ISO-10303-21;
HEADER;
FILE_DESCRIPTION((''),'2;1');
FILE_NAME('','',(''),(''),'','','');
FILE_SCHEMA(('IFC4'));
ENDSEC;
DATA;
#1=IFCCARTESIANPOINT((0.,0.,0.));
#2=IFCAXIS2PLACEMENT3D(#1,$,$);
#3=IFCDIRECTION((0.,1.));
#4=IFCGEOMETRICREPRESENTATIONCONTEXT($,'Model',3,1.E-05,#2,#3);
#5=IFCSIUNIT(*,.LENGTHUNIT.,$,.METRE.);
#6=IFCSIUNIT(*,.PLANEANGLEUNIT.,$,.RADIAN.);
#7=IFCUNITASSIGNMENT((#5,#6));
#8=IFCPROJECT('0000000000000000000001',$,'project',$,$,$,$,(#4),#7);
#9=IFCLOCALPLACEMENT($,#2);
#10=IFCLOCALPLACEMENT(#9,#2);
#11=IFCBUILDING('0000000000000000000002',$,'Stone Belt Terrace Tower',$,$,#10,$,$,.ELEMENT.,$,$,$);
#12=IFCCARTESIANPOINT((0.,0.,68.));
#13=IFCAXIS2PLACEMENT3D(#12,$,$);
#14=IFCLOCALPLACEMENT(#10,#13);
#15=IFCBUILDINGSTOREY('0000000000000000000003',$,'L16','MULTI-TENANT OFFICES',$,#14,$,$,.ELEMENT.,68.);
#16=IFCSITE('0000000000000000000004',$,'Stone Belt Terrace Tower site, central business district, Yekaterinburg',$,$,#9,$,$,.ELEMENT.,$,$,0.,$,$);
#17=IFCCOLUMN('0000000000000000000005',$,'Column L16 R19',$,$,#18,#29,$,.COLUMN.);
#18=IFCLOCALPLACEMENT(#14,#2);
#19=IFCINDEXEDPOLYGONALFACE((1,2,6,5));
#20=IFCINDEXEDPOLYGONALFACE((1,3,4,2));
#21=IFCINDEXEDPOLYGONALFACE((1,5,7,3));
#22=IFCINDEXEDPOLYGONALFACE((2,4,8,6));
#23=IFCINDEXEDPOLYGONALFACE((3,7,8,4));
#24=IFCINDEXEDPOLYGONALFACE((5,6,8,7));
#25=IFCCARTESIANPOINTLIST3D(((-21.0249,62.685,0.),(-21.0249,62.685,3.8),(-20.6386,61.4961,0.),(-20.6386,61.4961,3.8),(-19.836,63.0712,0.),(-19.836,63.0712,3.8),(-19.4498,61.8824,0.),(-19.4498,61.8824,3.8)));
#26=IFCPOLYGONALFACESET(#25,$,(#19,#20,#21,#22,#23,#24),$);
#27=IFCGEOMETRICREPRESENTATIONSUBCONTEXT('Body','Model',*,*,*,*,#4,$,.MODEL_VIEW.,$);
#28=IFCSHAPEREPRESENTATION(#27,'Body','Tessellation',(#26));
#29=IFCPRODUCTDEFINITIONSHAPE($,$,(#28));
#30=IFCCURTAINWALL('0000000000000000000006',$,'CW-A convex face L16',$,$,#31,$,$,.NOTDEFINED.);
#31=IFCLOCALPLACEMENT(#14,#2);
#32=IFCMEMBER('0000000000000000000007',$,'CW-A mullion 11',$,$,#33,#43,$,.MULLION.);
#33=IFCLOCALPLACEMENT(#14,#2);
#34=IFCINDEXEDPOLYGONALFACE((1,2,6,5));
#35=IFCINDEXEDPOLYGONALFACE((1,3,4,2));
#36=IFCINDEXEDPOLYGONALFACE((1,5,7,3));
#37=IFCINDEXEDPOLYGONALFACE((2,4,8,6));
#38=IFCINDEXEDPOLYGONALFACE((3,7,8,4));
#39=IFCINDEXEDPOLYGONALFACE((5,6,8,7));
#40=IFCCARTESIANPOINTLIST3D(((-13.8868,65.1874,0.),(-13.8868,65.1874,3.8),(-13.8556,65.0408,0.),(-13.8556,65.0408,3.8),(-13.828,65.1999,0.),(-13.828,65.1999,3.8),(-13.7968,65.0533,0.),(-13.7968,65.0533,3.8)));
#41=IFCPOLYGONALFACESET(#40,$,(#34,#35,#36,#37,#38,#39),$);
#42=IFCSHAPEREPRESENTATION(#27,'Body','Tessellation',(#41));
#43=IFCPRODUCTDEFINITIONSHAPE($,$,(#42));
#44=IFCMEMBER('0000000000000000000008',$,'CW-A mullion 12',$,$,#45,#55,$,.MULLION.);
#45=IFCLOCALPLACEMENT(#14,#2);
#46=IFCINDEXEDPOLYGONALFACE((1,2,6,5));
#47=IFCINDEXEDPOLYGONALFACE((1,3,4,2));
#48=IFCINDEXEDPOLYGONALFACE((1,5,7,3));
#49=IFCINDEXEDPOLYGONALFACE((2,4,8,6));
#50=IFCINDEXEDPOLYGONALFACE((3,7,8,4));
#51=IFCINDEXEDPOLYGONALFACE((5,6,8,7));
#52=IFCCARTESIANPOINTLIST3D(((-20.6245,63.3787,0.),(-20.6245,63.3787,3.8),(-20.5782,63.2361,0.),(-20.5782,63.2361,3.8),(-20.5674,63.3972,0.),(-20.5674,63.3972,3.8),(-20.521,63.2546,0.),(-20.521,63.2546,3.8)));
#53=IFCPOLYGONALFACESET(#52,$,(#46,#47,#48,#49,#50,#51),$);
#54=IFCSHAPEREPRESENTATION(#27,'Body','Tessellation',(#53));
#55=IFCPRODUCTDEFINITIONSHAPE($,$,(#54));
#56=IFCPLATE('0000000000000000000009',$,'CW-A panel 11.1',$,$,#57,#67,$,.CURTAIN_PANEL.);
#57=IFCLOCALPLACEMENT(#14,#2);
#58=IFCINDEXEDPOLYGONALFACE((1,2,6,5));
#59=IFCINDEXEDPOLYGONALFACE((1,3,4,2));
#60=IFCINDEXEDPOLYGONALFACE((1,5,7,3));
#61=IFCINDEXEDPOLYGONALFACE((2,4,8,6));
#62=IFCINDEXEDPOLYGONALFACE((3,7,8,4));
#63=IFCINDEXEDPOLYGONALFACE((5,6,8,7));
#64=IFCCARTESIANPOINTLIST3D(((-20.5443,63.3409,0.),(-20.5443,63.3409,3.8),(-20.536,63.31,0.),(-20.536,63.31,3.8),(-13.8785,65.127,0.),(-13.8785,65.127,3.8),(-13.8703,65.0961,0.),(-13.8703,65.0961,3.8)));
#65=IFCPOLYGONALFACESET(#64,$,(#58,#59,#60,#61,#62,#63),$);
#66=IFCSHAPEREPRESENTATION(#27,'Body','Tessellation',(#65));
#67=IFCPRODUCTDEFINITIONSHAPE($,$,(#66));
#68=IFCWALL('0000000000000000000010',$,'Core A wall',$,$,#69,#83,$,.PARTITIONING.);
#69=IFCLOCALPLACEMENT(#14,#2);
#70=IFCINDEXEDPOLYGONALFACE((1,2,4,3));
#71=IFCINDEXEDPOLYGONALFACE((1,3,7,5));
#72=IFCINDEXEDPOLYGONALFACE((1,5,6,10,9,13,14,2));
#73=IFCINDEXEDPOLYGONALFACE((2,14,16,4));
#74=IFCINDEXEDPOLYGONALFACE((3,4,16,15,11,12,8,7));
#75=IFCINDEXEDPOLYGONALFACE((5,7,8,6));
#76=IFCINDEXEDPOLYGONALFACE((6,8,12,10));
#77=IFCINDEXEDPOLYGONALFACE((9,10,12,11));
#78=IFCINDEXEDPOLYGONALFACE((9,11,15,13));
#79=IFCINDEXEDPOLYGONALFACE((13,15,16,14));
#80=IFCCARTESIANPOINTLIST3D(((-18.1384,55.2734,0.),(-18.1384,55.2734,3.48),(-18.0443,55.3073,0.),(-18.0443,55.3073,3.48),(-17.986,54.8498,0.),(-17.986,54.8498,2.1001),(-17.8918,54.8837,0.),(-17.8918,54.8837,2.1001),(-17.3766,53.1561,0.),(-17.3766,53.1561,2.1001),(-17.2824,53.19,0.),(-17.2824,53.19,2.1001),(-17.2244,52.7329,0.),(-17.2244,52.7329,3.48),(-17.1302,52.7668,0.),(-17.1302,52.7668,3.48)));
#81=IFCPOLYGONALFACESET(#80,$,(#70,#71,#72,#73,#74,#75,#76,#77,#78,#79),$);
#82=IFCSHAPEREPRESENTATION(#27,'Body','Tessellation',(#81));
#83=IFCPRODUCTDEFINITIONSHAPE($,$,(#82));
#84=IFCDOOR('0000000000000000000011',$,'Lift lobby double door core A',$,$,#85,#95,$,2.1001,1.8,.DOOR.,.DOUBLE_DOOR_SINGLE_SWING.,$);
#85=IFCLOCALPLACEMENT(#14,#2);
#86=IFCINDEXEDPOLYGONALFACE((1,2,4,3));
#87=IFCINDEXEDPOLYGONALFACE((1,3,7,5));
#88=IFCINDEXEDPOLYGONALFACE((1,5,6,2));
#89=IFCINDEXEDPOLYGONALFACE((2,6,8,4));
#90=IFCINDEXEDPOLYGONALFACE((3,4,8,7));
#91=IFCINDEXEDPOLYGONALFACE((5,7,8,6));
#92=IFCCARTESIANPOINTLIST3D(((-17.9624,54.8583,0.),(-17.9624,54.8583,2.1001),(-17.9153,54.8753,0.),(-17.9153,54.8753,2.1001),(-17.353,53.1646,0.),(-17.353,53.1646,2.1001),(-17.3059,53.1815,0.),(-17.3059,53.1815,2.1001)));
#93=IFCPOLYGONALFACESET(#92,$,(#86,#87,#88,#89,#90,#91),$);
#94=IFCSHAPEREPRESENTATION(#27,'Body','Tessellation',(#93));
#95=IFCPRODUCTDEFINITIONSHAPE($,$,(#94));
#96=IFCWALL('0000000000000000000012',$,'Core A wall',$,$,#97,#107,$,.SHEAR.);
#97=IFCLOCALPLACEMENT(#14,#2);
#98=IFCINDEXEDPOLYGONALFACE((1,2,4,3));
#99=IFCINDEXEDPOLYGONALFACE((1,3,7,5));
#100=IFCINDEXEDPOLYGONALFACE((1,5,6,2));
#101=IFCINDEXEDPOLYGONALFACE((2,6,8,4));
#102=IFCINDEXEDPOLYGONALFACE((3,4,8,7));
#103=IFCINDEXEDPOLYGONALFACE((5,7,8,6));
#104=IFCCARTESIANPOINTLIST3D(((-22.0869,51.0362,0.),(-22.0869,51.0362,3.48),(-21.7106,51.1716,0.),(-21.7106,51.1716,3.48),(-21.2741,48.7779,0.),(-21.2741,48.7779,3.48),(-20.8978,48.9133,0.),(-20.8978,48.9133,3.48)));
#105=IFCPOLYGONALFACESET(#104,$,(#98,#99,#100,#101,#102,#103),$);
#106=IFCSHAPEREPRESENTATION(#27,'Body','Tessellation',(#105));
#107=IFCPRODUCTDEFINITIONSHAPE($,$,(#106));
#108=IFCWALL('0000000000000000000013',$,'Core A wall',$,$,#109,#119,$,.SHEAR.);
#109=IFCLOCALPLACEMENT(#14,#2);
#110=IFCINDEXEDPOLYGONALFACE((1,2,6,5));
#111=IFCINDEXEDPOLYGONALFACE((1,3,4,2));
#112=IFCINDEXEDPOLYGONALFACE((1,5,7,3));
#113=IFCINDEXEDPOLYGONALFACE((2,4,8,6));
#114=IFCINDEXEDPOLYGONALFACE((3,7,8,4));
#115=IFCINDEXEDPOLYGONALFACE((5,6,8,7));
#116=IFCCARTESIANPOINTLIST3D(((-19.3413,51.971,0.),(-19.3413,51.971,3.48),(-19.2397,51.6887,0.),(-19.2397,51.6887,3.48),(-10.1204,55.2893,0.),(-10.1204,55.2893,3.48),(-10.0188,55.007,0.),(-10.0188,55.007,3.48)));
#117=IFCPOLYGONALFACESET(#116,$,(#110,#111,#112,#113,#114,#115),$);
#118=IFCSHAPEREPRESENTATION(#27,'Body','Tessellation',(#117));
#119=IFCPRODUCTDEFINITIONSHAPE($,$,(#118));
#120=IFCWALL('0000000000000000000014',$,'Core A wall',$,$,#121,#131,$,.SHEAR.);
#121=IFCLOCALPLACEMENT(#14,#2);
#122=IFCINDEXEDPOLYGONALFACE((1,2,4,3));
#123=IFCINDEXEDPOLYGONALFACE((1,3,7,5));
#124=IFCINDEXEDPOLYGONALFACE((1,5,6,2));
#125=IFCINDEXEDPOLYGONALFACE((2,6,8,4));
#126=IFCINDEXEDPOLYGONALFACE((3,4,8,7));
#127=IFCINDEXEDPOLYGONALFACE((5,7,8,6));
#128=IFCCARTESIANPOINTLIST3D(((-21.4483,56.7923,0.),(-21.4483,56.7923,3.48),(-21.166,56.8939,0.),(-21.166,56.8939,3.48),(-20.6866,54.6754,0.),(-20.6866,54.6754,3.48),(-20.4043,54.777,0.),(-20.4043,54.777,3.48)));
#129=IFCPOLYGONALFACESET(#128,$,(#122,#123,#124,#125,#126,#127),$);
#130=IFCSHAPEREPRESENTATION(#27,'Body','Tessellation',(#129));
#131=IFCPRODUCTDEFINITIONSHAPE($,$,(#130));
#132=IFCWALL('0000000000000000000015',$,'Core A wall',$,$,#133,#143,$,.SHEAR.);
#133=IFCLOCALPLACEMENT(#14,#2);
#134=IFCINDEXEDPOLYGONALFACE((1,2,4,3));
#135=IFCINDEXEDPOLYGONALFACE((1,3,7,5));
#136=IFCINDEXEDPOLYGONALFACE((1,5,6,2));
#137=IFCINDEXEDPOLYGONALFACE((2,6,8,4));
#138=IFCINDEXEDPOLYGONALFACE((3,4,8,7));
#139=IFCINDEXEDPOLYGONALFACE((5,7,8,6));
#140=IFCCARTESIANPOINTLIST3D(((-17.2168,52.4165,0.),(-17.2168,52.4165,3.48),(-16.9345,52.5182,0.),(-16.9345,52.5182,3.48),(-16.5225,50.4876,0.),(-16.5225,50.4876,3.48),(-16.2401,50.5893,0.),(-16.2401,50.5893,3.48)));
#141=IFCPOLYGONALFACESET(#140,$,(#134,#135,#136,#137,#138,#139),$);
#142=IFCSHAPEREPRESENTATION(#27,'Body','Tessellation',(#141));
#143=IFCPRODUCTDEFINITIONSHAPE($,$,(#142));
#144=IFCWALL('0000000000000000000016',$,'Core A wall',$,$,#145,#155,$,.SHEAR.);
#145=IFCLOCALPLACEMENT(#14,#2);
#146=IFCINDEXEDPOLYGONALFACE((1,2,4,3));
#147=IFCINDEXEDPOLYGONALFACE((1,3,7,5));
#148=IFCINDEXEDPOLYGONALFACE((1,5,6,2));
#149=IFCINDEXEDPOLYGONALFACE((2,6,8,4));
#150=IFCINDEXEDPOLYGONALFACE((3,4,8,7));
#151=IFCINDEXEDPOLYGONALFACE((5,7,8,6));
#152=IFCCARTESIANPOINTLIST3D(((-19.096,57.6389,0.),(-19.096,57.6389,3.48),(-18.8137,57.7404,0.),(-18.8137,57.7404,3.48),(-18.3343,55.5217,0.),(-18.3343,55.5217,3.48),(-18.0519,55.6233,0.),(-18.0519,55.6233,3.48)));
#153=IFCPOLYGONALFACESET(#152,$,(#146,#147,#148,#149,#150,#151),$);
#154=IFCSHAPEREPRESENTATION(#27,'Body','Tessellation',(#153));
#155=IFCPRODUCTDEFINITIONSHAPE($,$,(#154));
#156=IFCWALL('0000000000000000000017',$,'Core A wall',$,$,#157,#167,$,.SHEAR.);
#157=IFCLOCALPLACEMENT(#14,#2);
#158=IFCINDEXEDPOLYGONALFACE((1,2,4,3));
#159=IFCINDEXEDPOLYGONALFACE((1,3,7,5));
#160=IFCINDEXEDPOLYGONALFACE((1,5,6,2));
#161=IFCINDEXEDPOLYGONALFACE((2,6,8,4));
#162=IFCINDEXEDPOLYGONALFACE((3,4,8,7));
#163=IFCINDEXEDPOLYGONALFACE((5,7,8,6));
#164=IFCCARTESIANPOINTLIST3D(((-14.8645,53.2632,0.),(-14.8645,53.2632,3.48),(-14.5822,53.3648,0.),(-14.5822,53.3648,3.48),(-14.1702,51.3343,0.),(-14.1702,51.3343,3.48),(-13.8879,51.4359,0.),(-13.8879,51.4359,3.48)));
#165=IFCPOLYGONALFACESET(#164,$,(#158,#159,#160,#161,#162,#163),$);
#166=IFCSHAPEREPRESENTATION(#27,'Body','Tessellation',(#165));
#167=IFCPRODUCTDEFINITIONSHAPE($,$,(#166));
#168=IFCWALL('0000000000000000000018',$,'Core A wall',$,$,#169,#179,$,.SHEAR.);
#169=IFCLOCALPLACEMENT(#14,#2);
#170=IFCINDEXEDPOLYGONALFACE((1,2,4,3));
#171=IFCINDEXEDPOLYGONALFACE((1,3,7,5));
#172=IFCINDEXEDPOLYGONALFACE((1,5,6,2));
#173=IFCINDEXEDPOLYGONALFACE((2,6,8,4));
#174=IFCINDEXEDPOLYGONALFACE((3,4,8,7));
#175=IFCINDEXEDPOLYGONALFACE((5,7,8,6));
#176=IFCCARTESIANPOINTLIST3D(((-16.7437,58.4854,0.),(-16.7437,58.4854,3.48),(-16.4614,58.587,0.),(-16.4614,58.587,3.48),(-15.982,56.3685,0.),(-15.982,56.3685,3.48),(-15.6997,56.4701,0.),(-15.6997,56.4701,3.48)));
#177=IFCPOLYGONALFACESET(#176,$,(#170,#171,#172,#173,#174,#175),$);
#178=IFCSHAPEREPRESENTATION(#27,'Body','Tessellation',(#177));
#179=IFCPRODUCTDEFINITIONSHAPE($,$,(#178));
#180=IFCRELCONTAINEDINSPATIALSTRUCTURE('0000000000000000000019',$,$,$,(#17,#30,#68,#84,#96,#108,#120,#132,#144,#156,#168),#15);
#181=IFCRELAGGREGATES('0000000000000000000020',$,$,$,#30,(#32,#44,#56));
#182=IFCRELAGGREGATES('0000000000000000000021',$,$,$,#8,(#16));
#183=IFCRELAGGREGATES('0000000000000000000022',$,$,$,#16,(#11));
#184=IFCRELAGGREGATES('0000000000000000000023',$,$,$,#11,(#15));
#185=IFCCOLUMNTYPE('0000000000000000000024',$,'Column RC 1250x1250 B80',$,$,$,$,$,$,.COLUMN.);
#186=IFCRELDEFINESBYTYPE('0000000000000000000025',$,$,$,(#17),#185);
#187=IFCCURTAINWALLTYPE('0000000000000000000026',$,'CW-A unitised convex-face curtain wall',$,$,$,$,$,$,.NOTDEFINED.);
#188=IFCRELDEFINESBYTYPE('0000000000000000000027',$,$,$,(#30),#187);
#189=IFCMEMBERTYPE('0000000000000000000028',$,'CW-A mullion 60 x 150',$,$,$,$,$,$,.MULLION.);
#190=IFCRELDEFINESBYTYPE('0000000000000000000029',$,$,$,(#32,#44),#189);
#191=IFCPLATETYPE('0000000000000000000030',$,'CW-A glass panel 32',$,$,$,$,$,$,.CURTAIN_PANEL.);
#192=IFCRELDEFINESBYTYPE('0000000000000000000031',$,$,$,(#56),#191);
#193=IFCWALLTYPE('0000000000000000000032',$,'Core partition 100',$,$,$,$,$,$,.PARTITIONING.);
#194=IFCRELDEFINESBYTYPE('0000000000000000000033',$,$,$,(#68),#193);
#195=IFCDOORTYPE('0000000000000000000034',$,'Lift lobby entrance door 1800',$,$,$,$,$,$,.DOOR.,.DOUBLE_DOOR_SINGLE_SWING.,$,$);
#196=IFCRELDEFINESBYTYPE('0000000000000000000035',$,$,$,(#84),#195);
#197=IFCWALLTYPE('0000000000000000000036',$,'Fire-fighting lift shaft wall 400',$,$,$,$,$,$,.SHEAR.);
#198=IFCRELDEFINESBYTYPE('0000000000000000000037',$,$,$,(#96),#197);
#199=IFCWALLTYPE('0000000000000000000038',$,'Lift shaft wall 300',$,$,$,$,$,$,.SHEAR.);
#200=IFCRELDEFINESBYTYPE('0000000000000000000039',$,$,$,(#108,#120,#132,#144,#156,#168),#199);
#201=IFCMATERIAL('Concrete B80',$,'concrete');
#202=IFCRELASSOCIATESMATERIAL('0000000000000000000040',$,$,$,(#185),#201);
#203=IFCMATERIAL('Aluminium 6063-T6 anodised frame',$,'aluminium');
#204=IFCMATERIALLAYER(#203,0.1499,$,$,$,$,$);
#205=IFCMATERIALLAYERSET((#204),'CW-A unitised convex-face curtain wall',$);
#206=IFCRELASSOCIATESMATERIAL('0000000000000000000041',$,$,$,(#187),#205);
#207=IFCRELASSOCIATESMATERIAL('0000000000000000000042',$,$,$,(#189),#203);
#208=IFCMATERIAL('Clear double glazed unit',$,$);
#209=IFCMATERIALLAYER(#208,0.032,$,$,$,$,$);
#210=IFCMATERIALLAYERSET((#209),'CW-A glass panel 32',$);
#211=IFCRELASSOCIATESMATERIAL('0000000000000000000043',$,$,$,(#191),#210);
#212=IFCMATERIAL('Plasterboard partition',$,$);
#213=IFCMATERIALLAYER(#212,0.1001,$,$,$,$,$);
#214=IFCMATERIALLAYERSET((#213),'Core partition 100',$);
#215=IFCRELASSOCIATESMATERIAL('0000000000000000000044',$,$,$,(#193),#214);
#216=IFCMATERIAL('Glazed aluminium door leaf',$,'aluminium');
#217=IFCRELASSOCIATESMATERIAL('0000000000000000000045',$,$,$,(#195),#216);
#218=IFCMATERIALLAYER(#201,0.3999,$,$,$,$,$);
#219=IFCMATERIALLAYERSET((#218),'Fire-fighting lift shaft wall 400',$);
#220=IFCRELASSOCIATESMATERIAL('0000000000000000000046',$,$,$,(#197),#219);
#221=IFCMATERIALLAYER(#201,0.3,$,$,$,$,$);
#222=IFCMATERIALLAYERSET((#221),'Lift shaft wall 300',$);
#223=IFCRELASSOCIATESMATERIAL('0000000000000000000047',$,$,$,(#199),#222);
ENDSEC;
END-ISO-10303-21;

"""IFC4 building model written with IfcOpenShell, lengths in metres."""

from ifc_helpers import new_model, si_unit, direction, frame, frame_2d, origin, origin_2d, place, context, subcontext, project, spatial, rectangle, extrude, material, layer, layer_set, material_profile, profile_set, type_object, element, fill, aggregate, save


model = new_model("IFC4")

# Units and contexts
model_context = context("Model", 3, precision=1e-05, world=origin(), true_north=direction((0.0, 1.0)))
body_context = subcontext(model_context, "Body", "Model", "MODEL_VIEW")
ifc_project = project(units=[si_unit("LENGTHUNIT", "METRE"), si_unit("PLANEANGLEUNIT", "RADIAN")], contexts=[model_context])

# Site, building, storey
site_placement = place(None, origin())
site = spatial("IfcSite", under=ifc_project, at=site_placement, Name="Stone Belt Terrace Tower site, central business district, Yekaterinburg", CompositionType="ELEMENT", RefElevation=0.0)
building_placement = place(site_placement, origin())
building = spatial("IfcBuilding", under=site, at=building_placement, Name="Stone Belt Terrace Tower", CompositionType="ELEMENT")
storey_placement = place(building_placement, frame((0.0, 0.0, 68.0)))
storey = spatial("IfcBuildingStorey", under=building, at=storey_placement, Name="L16", Description="MULTI-TENANT OFFICES", CompositionType="ELEMENT", Elevation=68.0)

# Column
ifc_material_1 = material(Name="Concrete B80", Category="concrete")
ifc_material_profile_1 = material_profile(ifc_material_1, rectangle(XDim=1.25, YDim=1.25, at=origin_2d()), Name="RC 1250x1250")
ifc_profile_set_1 = profile_set([ifc_material_profile_1], Name="Concrete B80")
column_type = type_object("IfcColumnType", Name="Column RC 1250x1250 B80", PredefinedType="COLUMN", material=ifc_profile_set_1)
column_placement = place(storey_placement, frame((-20.2373, 62.2837, 0.0), z_axis=(0.0, 0.0, 1.0), x_axis=(0.951057, 0.309017, 0.0)))
element("IfcColumn", 1, at=column_placement, inside=storey, type_object=column_type, Name="Column L16 R19", PredefinedType="COLUMN", context=body_context, shape_type="SweptSolid", body=[
    extrude(rectangle(XDim=1.25, YDim=1.25, at=origin_2d()), origin(), (0.0, 0.0, 1.0), 3.8),
])

# Curtain wall, members, plate
ifc_material_2 = material(Name="Aluminium 6063-T6 anodised frame", Category="aluminium")
ifc_layer_1 = layer(ifc_material_2, 0.1499)
ifc_layer_set_1 = layer_set([ifc_layer_1], Name="CW-A unitised convex-face curtain wall")
curtain_wall_type = type_object("IfcCurtainWallType", Name="CW-A unitised convex-face curtain wall", PredefinedType="NOTDEFINED", material=ifc_layer_set_1)
curtain_wall_placement = place(storey_placement, origin())
curtain_wall = element("IfcCurtainWall", 2, at=curtain_wall_placement, inside=storey, type_object=curtain_wall_type, Name="CW-A convex face L16", PredefinedType="NOTDEFINED")
ifc_material_profile_2 = material_profile(ifc_material_2, rectangle(XDim=0.1499, YDim=0.0601, at=origin_2d()), Name="Aluminium 6063-T6 60x150")
ifc_profile_set_2 = profile_set([ifc_material_profile_2], Name="Aluminium 6063-T6 anodised frame")
member_type = type_object("IfcMemberType", Name="CW-A mullion 60 x 150", PredefinedType="MULLION", material=ifc_profile_set_2)
member_1_placement = place(storey_placement, frame((-13.8418, 65.1204, 0.0), z_axis=(0.0, 0.0, 1.0), x_axis=(0.207912, -0.978148, 0.0)))
member_1 = element("IfcMember", 3, at=member_1_placement, type_object=member_type, Name="CW-A mullion 11", PredefinedType="MULLION", context=body_context, shape_type="SweptSolid", body=[
    extrude(rectangle(XDim=0.1499, YDim=0.0601, at=origin_2d()), origin(), (0.0, 0.0, 1.0), 3.8),
])
member_2_placement = place(storey_placement, frame((-20.5728, 63.3167, 0.0), z_axis=(0.0, 0.0, 1.0), x_axis=(0.309017, -0.951057, 0.0)))
member_2 = element("IfcMember", 4, at=member_2_placement, type_object=member_type, Name="CW-A mullion 12", PredefinedType="MULLION", context=body_context, shape_type="SweptSolid", body=[
    extrude(rectangle(XDim=0.1499, YDim=0.0601, at=origin_2d()), origin(), (0.0, 0.0, 1.0), 3.8),
])
ifc_material_3 = material(Name="Clear double glazed unit")
ifc_layer_2 = layer(ifc_material_3, 0.032)
ifc_layer_set_2 = layer_set([ifc_layer_2], Name="CW-A glass panel 32")
plate_type = type_object("IfcPlateType", Name="CW-A glass panel 32", PredefinedType="CURTAIN_PANEL", material=ifc_layer_set_2)
plate_placement = place(storey_placement, frame((-17.2073, 64.2185, 0.0), z_axis=(0.0, 0.0, 1.0), x_axis=(-0.965926, -0.258819, 0.0)))
plate = element("IfcPlate", 5, at=plate_placement, type_object=plate_type, Name="CW-A panel 11.1", PredefinedType="CURTAIN_PANEL", context=body_context, shape_type="SweptSolid", body=[
    extrude(rectangle(XDim=6.9009, YDim=0.032, at=origin_2d()), origin(), (0.0, 0.0, 1.0), 3.8),
])
aggregate(curtain_wall, [member_1, member_2, plate])

# Wall, opening, door
ifc_material_4 = material(Name="Plasterboard partition")
ifc_layer_3 = layer(ifc_material_4, 0.1001)
ifc_layer_set_3 = layer_set([ifc_layer_3], Name="Core partition 100")
wall_type_1 = type_object("IfcWallType", Name="Core partition 100", PredefinedType="PARTITIONING", material=ifc_layer_set_3)
wall_1_placement = place(storey_placement, frame((-17.1772, 52.7498, 0.0), z_axis=(0.0, 0.0, 1.0), x_axis=(-0.338547, 0.94095, 0.0)))
wall_1 = element("IfcWall", 6, at=wall_1_placement, inside=storey, type_object=wall_type_1, Name="Core A wall", PredefinedType="PARTITIONING", context=body_context, shape_type="SweptSolid", body=[
    extrude(rectangle(XDim=2.7, YDim=0.1001, at=frame_2d((1.3501, 0.0))), origin(), (0.0, 0.0, 1.0), 3.48),
])
opening_1_placement = place(wall_1_placement, frame((0.45, 0.0, 0.0)))
opening_1 = element("IfcOpeningElement", 7, at=opening_1_placement, cuts=wall_1, PredefinedType="OPENING", context=body_context, shape_type="SweptSolid", body=[
    extrude(rectangle(XDim=1.8, YDim=2.1001, at=frame_2d((0.8999, 1.05))), frame((0.0, 0.0601, 0.0), z_axis=(0.0, -1.0, 0.0), x_axis=(1.0, 0.0, 0.0)), (0.0, 0.0, 1.0), 0.1201),
])
ifc_material_5 = material(Name="Glazed aluminium door leaf", Category="aluminium")
door_type_1 = type_object("IfcDoorType", Name="Lift lobby entrance door 1800", OperationType="DOUBLE_DOOR_SINGLE_SWING", PredefinedType="DOOR", material=ifc_material_5)
door_1_placement = place(opening_1_placement, origin())
door_1 = element("IfcDoor", 8, at=door_1_placement, inside=storey, type_object=door_type_1, Name="Lift lobby double door core A", OperationType="DOUBLE_DOOR_SINGLE_SWING", OverallHeight=2.1001, OverallWidth=1.8, PredefinedType="DOOR", context=body_context, shape_type="SweptSolid", body=[
    extrude(rectangle(XDim=1.8, YDim=2.1001, at=frame_2d((0.8999, 1.05))), frame((0.0, 0.0249, 0.0), z_axis=(0.0, -1.0, 0.0), x_axis=(1.0, 0.0, 0.0)), (0.0, 0.0, 1.0), 0.05),
])
fill(opening_1, door_1)

# Walls
ifc_layer_4 = layer(ifc_material_1, 0.3999)
ifc_layer_set_4 = layer_set([ifc_layer_4], Name="Fire-fighting lift shaft wall 400")
wall_type_2 = type_object("IfcWallType", Name="Fire-fighting lift shaft wall 400", PredefinedType="SHEAR", material=ifc_layer_set_4)
wall_2_placement = place(storey_placement, frame((-21.0859, 48.8455, 0.0), z_axis=(0.0, 0.0, 1.0), x_axis=(-0.338629, 0.94092, 0.0)))
element("IfcWall", 9, at=wall_2_placement, inside=storey, type_object=wall_type_2, Name="Core A wall", PredefinedType="SHEAR", context=body_context, shape_type="SweptSolid", body=[
    extrude(rectangle(XDim=2.4001, YDim=0.3999, at=frame_2d((1.2002, 0.0))), origin(), (0.0, 0.0, 1.0), 3.48),
])
ifc_layer_5 = layer(ifc_material_1, 0.3)
ifc_layer_set_5 = layer_set([ifc_layer_5], Name="Lift shaft wall 300")
wall_type_3 = type_object("IfcWallType", Name="Lift shaft wall 300", PredefinedType="SHEAR", material=ifc_layer_set_5)
wall_3_placement = place(storey_placement, frame((-19.2905, 51.8298, 0.0), z_axis=(0.0, 0.0, 1.0), x_axis=(0.940926, 0.338613, 0.0)))
element("IfcWall", 10, at=wall_3_placement, inside=storey, type_object=wall_type_3, Name="Core A wall", PredefinedType="SHEAR", context=body_context, shape_type="SweptSolid", body=[
    extrude(rectangle(XDim=9.7998, YDim=0.3, at=frame_2d((4.8999, 0.0))), origin(), (0.0, 0.0, 1.0), 3.48),
])
wall_4_placement = place(storey_placement, frame((-20.5454, 54.7261, 0.0), z_axis=(0.0, 0.0, 1.0), x_axis=(-0.33857, 0.940941, 0.0)))
element("IfcWall", 11, at=wall_4_placement, inside=storey, type_object=wall_type_3, Name="Core A wall", PredefinedType="SHEAR", context=body_context, shape_type="SweptSolid", body=[
    extrude(rectangle(XDim=2.2498, YDim=0.3, at=frame_2d((1.125, 0.0))), origin(), (0.0, 0.0, 1.0), 3.48),
])
wall_5_placement = place(storey_placement, frame((-16.3813, 50.5386, 0.0), z_axis=(0.0, 0.0, 1.0), x_axis=(-0.338682, 0.940901, 0.0)))
element("IfcWall", 12, at=wall_5_placement, inside=storey, type_object=wall_type_3, Name="Core A wall", PredefinedType="SHEAR", context=body_context, shape_type="SweptSolid", body=[
    extrude(rectangle(XDim=2.05, YDim=0.3, at=frame_2d((1.0249, 0.0))), origin(), (0.0, 0.0, 1.0), 3.48),
])
wall_6_placement = place(storey_placement, frame((-18.1931, 55.5725, 0.0), z_axis=(0.0, 0.0, 1.0), x_axis=(-0.338535, 0.940954, 0.0)))
element("IfcWall", 13, at=wall_6_placement, inside=storey, type_object=wall_type_3, Name="Core A wall", PredefinedType="SHEAR", context=body_context, shape_type="SweptSolid", body=[
    extrude(rectangle(XDim=2.25, YDim=0.3, at=frame_2d((1.125, 0.0))), origin(), (0.0, 0.0, 1.0), 3.48),
])
wall_7_placement = place(storey_placement, frame((-14.0291, 51.3853, 0.0), z_axis=(0.0, 0.0, 1.0), x_axis=(-0.338682, 0.940901, 0.0)))
element("IfcWall", 14, at=wall_7_placement, inside=storey, type_object=wall_type_3, Name="Core A wall", PredefinedType="SHEAR", context=body_context, shape_type="SweptSolid", body=[
    extrude(rectangle(XDim=2.05, YDim=0.3, at=frame_2d((1.0249, 0.0))), origin(), (0.0, 0.0, 1.0), 3.48),
])
wall_8_placement = place(storey_placement, frame((-15.8408, 56.4192, 0.0), z_axis=(0.0, 0.0, 1.0), x_axis=(-0.33857, 0.940941, 0.0)))
element("IfcWall", 15, at=wall_8_placement, inside=storey, type_object=wall_type_3, Name="Core A wall", PredefinedType="SHEAR", context=body_context, shape_type="SweptSolid", body=[
    extrude(rectangle(XDim=2.2498, YDim=0.3, at=frame_2d((1.125, 0.0))), origin(), (0.0, 0.0, 1.0), 3.48),
])

save(model, "model.ifc")
